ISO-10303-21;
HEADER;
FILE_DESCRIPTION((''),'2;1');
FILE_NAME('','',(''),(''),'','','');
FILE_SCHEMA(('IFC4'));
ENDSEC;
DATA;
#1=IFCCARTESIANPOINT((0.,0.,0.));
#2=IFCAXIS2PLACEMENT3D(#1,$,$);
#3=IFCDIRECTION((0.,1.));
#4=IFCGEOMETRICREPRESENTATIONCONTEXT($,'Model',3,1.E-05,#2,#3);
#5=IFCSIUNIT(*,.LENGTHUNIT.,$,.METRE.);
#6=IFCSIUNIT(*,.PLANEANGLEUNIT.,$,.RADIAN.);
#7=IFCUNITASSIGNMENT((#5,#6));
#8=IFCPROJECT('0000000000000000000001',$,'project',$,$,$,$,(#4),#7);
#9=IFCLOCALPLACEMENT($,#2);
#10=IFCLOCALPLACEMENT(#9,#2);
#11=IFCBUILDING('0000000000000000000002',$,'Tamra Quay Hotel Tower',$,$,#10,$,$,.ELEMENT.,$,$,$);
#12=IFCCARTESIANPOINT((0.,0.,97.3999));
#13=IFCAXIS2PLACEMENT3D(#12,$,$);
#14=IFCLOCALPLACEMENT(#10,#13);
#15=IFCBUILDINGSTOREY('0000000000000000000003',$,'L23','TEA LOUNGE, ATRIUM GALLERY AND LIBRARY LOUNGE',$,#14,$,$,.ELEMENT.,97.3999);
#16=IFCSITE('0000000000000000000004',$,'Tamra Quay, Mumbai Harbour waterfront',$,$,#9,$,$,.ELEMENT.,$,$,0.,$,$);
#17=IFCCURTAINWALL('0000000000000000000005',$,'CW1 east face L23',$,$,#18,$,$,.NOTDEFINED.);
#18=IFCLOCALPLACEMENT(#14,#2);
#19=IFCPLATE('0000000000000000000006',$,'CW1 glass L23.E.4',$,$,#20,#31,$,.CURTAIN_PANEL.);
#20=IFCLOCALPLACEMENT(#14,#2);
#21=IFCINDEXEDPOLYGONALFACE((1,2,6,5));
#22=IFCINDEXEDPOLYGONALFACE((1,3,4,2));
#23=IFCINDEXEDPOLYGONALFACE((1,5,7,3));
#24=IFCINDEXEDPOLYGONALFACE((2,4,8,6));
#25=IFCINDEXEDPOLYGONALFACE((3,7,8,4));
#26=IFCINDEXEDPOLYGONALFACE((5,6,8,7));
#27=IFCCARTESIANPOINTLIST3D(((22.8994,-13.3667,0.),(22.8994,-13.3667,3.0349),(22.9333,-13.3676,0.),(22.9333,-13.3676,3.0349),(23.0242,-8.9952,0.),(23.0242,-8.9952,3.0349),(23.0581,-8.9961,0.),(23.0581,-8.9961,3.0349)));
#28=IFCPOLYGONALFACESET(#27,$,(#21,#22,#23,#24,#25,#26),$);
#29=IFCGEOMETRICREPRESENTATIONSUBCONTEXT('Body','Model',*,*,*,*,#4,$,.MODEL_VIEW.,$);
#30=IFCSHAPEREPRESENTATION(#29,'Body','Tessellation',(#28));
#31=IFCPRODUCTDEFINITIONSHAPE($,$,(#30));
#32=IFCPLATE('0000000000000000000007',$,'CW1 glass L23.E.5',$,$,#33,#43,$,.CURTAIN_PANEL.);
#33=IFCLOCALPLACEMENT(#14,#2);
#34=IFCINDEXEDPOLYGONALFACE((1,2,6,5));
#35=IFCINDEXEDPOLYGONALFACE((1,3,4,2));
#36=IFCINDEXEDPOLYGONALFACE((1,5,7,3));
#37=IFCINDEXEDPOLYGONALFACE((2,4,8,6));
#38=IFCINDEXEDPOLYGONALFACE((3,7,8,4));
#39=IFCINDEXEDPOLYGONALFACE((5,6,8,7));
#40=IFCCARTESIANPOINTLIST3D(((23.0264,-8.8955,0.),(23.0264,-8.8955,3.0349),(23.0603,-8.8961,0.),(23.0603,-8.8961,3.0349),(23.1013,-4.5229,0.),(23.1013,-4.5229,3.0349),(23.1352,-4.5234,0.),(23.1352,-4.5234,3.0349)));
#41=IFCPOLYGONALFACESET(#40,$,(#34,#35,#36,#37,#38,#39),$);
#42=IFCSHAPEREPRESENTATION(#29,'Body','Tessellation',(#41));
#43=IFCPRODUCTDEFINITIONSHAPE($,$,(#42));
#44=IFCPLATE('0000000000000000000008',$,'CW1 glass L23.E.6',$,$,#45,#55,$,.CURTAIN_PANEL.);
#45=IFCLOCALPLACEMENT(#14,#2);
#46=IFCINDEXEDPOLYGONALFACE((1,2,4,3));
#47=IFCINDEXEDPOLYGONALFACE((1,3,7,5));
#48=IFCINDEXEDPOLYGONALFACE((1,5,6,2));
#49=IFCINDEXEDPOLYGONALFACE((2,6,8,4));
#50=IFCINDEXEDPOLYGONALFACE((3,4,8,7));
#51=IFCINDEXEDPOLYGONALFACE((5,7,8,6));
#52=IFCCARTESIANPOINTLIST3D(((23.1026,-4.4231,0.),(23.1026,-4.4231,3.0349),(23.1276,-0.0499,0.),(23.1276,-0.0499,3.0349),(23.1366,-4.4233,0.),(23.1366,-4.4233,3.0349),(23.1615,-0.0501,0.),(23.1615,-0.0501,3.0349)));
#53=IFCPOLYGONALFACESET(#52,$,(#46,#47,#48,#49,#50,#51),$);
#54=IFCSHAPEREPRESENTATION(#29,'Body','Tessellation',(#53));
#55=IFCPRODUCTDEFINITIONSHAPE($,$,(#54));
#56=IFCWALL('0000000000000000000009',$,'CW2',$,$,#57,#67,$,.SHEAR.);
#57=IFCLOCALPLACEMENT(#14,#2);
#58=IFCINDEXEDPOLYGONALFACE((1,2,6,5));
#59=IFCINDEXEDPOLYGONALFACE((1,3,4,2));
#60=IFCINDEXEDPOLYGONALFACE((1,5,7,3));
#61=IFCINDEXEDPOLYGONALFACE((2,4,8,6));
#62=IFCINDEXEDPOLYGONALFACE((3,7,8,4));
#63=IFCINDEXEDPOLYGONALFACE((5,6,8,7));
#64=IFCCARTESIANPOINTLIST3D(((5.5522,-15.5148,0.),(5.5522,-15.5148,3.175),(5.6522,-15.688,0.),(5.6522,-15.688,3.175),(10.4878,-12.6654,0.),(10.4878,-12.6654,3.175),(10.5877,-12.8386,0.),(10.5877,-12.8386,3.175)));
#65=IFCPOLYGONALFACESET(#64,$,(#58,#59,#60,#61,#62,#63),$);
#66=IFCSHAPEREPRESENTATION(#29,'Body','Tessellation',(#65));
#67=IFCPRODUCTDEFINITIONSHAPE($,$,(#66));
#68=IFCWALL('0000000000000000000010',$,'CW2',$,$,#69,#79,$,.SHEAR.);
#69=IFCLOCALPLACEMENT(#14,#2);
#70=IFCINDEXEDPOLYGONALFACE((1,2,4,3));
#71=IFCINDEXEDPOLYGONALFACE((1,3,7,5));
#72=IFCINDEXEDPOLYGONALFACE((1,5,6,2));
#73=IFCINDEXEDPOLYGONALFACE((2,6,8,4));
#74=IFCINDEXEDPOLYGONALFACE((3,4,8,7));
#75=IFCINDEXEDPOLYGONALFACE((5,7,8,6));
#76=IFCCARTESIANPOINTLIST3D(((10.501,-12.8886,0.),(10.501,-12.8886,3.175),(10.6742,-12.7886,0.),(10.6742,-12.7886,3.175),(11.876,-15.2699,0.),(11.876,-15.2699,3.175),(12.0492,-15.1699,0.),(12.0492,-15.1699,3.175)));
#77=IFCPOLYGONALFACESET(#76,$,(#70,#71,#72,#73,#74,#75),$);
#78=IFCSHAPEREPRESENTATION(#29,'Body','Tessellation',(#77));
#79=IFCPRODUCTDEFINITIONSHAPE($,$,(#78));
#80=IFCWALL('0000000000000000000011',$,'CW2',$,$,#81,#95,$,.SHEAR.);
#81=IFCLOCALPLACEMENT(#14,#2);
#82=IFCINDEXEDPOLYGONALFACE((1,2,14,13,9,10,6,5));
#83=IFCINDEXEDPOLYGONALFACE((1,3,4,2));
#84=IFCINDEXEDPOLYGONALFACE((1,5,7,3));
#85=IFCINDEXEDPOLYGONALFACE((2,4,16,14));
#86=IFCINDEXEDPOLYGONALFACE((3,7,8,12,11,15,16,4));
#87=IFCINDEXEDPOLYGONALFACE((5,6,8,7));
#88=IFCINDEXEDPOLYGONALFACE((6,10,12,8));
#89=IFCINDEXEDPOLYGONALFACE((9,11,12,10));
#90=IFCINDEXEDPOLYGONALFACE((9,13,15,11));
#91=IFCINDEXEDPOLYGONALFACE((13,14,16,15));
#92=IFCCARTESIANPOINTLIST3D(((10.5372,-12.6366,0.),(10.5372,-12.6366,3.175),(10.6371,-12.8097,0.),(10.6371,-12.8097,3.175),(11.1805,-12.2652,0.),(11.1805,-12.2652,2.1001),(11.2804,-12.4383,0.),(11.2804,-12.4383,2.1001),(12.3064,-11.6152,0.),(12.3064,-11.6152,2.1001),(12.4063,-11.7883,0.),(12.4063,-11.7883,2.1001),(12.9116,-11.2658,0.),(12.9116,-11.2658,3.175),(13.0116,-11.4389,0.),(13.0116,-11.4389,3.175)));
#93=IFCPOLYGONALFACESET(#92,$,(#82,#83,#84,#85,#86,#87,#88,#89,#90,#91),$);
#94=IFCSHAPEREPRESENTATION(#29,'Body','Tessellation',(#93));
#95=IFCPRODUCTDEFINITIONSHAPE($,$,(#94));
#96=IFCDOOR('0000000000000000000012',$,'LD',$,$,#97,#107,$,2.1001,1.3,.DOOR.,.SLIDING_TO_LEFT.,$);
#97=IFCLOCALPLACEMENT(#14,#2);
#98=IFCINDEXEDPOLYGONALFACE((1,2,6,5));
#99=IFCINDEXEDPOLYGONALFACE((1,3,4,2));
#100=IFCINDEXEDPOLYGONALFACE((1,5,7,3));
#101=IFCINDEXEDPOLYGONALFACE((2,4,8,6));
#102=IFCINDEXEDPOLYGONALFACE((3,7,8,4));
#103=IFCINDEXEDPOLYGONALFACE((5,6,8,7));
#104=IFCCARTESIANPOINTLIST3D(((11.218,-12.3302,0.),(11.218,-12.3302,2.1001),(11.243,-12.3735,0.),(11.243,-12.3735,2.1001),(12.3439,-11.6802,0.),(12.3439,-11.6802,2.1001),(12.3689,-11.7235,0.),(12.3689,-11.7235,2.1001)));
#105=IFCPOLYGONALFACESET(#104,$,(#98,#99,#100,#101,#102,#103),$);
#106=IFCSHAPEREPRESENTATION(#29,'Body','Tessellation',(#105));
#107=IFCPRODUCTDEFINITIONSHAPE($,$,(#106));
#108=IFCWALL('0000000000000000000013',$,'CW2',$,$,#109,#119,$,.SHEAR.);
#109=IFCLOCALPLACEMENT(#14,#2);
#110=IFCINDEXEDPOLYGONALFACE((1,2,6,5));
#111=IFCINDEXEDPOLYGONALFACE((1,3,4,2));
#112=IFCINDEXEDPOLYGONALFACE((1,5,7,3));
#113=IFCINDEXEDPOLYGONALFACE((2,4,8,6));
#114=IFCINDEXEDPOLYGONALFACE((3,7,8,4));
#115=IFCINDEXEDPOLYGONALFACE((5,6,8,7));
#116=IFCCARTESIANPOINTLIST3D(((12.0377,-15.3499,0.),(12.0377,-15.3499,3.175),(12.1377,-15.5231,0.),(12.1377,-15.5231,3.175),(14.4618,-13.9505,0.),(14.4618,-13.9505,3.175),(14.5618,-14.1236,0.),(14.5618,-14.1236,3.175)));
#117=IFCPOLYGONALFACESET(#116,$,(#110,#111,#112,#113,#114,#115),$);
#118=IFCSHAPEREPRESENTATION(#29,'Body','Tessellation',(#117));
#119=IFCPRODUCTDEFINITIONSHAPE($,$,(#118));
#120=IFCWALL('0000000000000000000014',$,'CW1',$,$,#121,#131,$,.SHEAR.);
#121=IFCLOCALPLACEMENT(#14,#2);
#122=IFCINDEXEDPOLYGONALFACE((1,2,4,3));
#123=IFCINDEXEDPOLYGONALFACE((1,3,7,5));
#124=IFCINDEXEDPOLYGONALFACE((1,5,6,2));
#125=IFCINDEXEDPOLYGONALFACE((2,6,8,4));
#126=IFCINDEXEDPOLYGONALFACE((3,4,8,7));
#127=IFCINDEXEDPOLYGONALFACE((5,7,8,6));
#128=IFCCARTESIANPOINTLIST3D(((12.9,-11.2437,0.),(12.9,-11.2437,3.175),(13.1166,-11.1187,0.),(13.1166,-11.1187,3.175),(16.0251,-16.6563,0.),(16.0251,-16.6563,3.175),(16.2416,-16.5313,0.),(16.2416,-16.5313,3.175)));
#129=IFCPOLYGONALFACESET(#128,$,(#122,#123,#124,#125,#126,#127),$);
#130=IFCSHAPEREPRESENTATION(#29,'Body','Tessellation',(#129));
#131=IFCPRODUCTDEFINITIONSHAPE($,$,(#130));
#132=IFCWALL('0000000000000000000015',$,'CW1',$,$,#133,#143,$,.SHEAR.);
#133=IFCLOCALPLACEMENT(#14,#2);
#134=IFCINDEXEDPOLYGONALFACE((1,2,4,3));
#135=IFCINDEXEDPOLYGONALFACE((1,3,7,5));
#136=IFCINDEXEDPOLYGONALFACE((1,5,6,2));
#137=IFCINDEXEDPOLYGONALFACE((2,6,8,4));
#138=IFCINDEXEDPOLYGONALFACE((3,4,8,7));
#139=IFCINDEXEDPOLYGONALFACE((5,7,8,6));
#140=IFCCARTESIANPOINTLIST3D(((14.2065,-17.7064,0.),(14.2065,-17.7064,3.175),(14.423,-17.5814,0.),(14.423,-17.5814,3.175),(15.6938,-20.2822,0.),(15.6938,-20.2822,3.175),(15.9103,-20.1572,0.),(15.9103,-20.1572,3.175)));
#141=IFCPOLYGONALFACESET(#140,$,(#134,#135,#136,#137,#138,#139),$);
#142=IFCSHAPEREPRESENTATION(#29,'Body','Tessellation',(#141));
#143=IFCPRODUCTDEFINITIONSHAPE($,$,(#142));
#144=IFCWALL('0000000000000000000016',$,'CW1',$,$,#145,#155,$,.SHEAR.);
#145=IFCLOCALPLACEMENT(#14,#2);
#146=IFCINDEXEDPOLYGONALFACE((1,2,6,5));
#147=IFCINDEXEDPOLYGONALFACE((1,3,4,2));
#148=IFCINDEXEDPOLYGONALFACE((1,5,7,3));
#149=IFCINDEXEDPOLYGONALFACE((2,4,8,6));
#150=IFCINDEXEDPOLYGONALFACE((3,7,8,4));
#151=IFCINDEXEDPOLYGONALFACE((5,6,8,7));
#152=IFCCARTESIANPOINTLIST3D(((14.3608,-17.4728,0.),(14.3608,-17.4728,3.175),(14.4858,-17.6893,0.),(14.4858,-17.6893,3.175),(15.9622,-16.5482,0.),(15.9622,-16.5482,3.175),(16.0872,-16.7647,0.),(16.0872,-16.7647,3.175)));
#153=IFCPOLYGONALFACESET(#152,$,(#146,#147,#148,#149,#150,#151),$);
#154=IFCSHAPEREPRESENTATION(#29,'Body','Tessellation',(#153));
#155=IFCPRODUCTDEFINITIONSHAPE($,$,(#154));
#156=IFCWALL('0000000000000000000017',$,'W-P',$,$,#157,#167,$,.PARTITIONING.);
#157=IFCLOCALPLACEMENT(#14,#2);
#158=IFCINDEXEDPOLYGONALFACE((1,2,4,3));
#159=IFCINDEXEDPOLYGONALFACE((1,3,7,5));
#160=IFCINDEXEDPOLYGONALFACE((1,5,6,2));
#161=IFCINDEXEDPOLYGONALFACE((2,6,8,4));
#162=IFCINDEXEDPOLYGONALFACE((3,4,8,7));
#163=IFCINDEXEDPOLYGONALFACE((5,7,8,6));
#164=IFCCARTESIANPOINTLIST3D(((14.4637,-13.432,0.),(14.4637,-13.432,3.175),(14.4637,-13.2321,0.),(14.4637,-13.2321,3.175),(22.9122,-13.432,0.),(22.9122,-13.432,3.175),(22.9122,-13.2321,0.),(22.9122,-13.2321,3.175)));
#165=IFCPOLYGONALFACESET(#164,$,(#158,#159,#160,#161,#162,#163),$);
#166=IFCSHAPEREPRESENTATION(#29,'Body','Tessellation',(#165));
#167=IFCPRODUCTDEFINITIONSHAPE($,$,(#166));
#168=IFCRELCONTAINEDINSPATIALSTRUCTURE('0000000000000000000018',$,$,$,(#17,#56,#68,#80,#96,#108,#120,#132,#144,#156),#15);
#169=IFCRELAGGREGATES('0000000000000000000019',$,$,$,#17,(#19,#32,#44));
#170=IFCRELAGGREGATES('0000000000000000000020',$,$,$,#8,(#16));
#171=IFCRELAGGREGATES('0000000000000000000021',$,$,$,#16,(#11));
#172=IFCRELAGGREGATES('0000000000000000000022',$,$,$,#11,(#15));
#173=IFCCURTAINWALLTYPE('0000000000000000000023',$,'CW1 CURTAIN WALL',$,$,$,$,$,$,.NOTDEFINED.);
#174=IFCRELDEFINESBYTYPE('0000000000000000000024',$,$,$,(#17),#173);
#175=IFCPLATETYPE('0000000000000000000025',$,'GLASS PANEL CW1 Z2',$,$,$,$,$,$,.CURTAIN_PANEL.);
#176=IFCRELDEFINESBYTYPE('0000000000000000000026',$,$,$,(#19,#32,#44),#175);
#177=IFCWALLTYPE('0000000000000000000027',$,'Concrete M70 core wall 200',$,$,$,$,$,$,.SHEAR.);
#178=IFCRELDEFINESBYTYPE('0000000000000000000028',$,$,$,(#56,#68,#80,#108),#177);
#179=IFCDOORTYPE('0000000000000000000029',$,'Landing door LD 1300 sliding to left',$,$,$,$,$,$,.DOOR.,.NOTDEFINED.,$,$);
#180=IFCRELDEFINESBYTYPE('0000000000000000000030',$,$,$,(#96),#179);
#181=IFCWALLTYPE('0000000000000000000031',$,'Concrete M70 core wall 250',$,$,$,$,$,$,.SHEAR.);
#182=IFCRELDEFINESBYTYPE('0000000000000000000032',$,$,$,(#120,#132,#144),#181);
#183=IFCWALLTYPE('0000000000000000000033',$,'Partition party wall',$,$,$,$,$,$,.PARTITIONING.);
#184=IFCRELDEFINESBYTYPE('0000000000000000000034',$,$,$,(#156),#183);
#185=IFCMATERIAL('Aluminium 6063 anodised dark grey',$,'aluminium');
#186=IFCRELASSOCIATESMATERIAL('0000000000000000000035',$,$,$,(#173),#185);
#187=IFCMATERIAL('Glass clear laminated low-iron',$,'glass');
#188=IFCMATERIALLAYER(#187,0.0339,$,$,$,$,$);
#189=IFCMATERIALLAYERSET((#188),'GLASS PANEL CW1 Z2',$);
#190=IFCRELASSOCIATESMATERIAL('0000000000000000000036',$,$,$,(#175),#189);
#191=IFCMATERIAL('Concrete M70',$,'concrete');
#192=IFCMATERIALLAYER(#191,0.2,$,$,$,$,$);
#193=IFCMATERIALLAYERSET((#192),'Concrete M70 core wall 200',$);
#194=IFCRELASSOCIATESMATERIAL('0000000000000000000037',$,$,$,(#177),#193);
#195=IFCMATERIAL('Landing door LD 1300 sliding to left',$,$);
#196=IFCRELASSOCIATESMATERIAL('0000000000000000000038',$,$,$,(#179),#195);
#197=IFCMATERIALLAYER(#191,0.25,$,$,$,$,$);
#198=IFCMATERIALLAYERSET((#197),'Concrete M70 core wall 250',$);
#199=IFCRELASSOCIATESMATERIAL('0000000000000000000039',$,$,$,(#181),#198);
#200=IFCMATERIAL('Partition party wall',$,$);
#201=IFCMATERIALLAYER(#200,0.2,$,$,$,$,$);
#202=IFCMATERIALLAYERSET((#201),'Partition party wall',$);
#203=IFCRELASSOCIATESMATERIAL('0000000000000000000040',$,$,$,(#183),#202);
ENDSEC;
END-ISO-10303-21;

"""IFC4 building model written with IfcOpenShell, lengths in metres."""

from ifc_helpers import new_model, si_unit, direction, frame, frame_2d, origin, origin_2d, place, context, subcontext, project, spatial, rectangle, extrude, material, layer, layer_set, type_object, element, fill, aggregate, save


model = new_model("IFC4")

# Units and contexts
model_context = context("Model", 3, precision=1e-05, world=origin(), true_north=direction((0.0, 1.0)))
body_context = subcontext(model_context, "Body", "Model", "MODEL_VIEW")
ifc_project = project(units=[si_unit("LENGTHUNIT", "METRE"), si_unit("PLANEANGLEUNIT", "RADIAN")], contexts=[model_context])

# Site, building, storey
site_placement = place(None, origin())
site = spatial("IfcSite", under=ifc_project, at=site_placement, Name="Tamra Quay, Mumbai Harbour waterfront", CompositionType="ELEMENT", RefElevation=0.0)
building_placement = place(site_placement, origin())
building = spatial("IfcBuilding", under=site, at=building_placement, Name="Tamra Quay Hotel Tower", CompositionType="ELEMENT")
storey_placement = place(building_placement, frame((0.0, 0.0, 97.3999)))
storey = spatial("IfcBuildingStorey", under=building, at=storey_placement, Name="L23", Description="TEA LOUNGE, ATRIUM GALLERY AND LIBRARY LOUNGE", CompositionType="ELEMENT", Elevation=97.3999)

# Shared definitions
ifc_material_1 = material(Name="Concrete M70", Category="concrete")

# Curtain wall
ifc_material_2 = material(Name="Aluminium 6063 anodised dark grey", Category="aluminium")
curtain_wall_type = type_object("IfcCurtainWallType", Name="CW1 CURTAIN WALL", PredefinedType="NOTDEFINED", material=ifc_material_2)
curtain_wall_placement = place(storey_placement, origin())
curtain_wall = element("IfcCurtainWall", 1, at=curtain_wall_placement, inside=storey, type_object=curtain_wall_type, Name="CW1 east face L23", PredefinedType="NOTDEFINED")

# Plates
ifc_material_3 = material(Name="Glass clear laminated low-iron", Category="glass")
ifc_layer_1 = layer(ifc_material_3, 0.0339)
ifc_layer_set_1 = layer_set([ifc_layer_1], Name="GLASS PANEL CW1 Z2")
plate_type = type_object("IfcPlateType", Name="GLASS PANEL CW1 Z2", PredefinedType="CURTAIN_PANEL", material=ifc_layer_set_1)
plate_1_placement = place(storey_placement, frame((22.9788, -11.1814, 0.0), z_axis=(0.0, 0.0, 1.0), x_axis=(0.028546, 0.999592, 0.0)))
plate_1 = element("IfcPlate", 2, at=plate_1_placement, type_object=plate_type, Name="CW1 glass L23.E.4", PredefinedType="CURTAIN_PANEL", context=body_context, shape_type="SweptSolid", body=[
    extrude(rectangle(XDim=4.3733, YDim=0.0339, at=origin_2d()), origin(), (0.0, 0.0, 1.0), 3.0349),
])
plate_2_placement = place(storey_placement, frame((23.0808, -6.7095, 0.0), z_axis=(0.0, 0.0, 1.0), x_axis=(0.017134, 0.999853, 0.0)))
plate_2 = element("IfcPlate", 3, at=plate_2_placement, type_object=plate_type, Name="CW1 glass L23.E.5", PredefinedType="CURTAIN_PANEL", context=body_context, shape_type="SweptSolid", body=[
    extrude(rectangle(XDim=4.3733, YDim=0.0339, at=origin_2d()), origin(), (0.0, 0.0, 1.0), 3.0349),
])
plate_3_placement = place(storey_placement, frame((23.1321, -2.2366, 0.0), z_axis=(0.0, 0.0, 1.0), x_axis=(0.005713, 0.999984, 0.0)))
plate_3 = element("IfcPlate", 4, at=plate_3_placement, type_object=plate_type, Name="CW1 glass L23.E.6", PredefinedType="CURTAIN_PANEL", context=body_context, shape_type="SweptSolid", body=[
    extrude(rectangle(XDim=4.3733, YDim=0.0339, at=origin_2d()), origin(), (0.0, 0.0, 1.0), 3.0349),
])
aggregate(curtain_wall, [plate_1, plate_2, plate_3])

# Walls
ifc_layer_2 = layer(ifc_material_1, 0.2)
ifc_layer_set_2 = layer_set([ifc_layer_2], Name="Concrete M70 core wall 200")
wall_type_1 = type_object("IfcWallType", Name="Concrete M70 core wall 200", PredefinedType="SHEAR", material=ifc_layer_set_2)
wall_1_placement = place(storey_placement, frame((10.5378, -12.752, 0.0), z_axis=(0.0, 0.0, 1.0), x_axis=(-0.866039, -0.499977, 0.0)))
element("IfcWall", 5, at=wall_1_placement, inside=storey, type_object=wall_type_1, Name="CW2", PredefinedType="SHEAR", context=body_context, shape_type="SweptSolid", body=[
    extrude(rectangle(XDim=5.699, YDim=0.2, at=frame_2d((2.8496, 0.0))), origin(), (0.0, 0.0, 1.0), 3.175),
])
wall_2_placement = place(storey_placement, frame((11.9626, -15.22, 0.0), z_axis=(0.0, 0.0, 1.0), x_axis=(-0.500035, 0.866005, 0.0)))
element("IfcWall", 6, at=wall_2_placement, inside=storey, type_object=wall_type_1, Name="CW2", PredefinedType="SHEAR", context=body_context, shape_type="SweptSolid", body=[
    extrude(rectangle(XDim=2.7498, YDim=0.2, at=frame_2d((1.375, 0.0))), origin(), (0.0, 0.0, 1.0), 3.175),
])

# Wall, opening, door
wall_3_placement = place(storey_placement, frame((10.5872, -12.7231, 0.0), z_axis=(0.0, 0.0, 1.0), x_axis=(0.866037, 0.499979, 0.0)))
wall_3 = element("IfcWall", 7, at=wall_3_placement, inside=storey, type_object=wall_type_1, Name="CW2", PredefinedType="SHEAR", context=body_context, shape_type="SweptSolid", body=[
    extrude(rectangle(XDim=2.7417, YDim=0.2, at=frame_2d((1.3708, 0.0))), origin(), (0.0, 0.0, 1.0), 3.175),
])
opening_placement = place(wall_3_placement, frame((0.7429, 0.0, 0.0)))
opening = element("IfcOpeningElement", 8, at=opening_placement, cuts=wall_3, PredefinedType="OPENING", context=body_context, shape_type="SweptSolid", body=[
    extrude(rectangle(XDim=1.3, YDim=2.1001, at=frame_2d((0.6499, 1.05))), frame((0.0, 0.1099, 0.0), z_axis=(0.0, -1.0, 0.0), x_axis=(1.0, 0.0, 0.0)), (0.0, 0.0, 1.0), 0.22),
])
ifc_material_4 = material(Name="Landing door LD 1300 sliding to left")
door_type = type_object("IfcDoorType", Name="Landing door LD 1300 sliding to left", OperationType="NOTDEFINED", PredefinedType="DOOR", material=ifc_material_4)
door_placement = place(opening_placement, origin())
door = element("IfcDoor", 9, at=door_placement, inside=storey, type_object=door_type, Name="LD", OperationType="SLIDING_TO_LEFT", OverallHeight=2.1001, OverallWidth=1.3, PredefinedType="DOOR", context=body_context, shape_type="SweptSolid", body=[
    extrude(rectangle(XDim=1.3, YDim=2.1001, at=frame_2d((0.6499, 1.05))), frame((0.0, 0.0249, 0.0), z_axis=(0.0, -1.0, 0.0), x_axis=(1.0, 0.0, 0.0)), (0.0, 0.0, 1.0), 0.05),
])
fill(opening, door)

# Walls
wall_4_placement = place(storey_placement, frame((14.5117, -14.0371, 0.0), z_axis=(0.0, 0.0, 1.0), x_axis=(-0.866045, -0.499967, 0.0)))
element("IfcWall", 10, at=wall_4_placement, inside=storey, type_object=wall_type_1, Name="CW2", PredefinedType="SHEAR", context=body_context, shape_type="SweptSolid", body=[
    extrude(rectangle(XDim=2.7991, YDim=0.2, at=frame_2d((1.3994, 0.0))), origin(), (0.0, 0.0, 1.0), 3.175),
])
ifc_layer_3 = layer(ifc_material_1, 0.25)
ifc_layer_set_3 = layer_set([ifc_layer_3], Name="Concrete M70 core wall 250")
wall_type_2 = type_object("IfcWallType", Name="Concrete M70 core wall 250", PredefinedType="SHEAR", material=ifc_layer_set_3)
wall_5_placement = place(storey_placement, frame((13.0083, -11.1812, 0.0), z_axis=(0.0, 0.0, 1.0), x_axis=(0.500004, -0.866023, 0.0)))
element("IfcWall", 11, at=wall_5_placement, inside=storey, type_object=wall_type_2, Name="CW1", PredefinedType="SHEAR", context=body_context, shape_type="SweptSolid", body=[
    extrude(rectangle(XDim=6.25, YDim=0.25, at=frame_2d((3.125, 0.0))), origin(), (0.0, 0.0, 1.0), 3.175),
])
wall_6_placement = place(storey_placement, frame((14.3147, -17.6438, 0.0), z_axis=(0.0, 0.0, 1.0), x_axis=(0.500023, -0.866012, 0.0)))
element("IfcWall", 12, at=wall_6_placement, inside=storey, type_object=wall_type_2, Name="CW1", PredefinedType="SHEAR", context=body_context, shape_type="SweptSolid", body=[
    extrude(rectangle(XDim=2.9744, YDim=0.25, at=frame_2d((1.4873, 0.0))), origin(), (0.0, 0.0, 1.0), 3.175),
])
wall_7_placement = place(storey_placement, frame((16.0247, -16.6565, 0.0), z_axis=(0.0, 0.0, 1.0), x_axis=(-0.866016, -0.500016, 0.0)))
element("IfcWall", 13, at=wall_7_placement, inside=storey, type_object=wall_type_2, Name="CW1", PredefinedType="SHEAR", context=body_context, shape_type="SweptSolid", body=[
    extrude(rectangle(XDim=1.8491, YDim=0.25, at=frame_2d((0.9246, 0.0))), origin(), (0.0, 0.0, 1.0), 3.175),
])
ifc_material_5 = material(Name="Partition party wall")
ifc_layer_4 = layer(ifc_material_5, 0.2)
ifc_layer_set_4 = layer_set([ifc_layer_4], Name="Partition party wall")
wall_type_3 = type_object("IfcWallType", Name="Partition party wall", PredefinedType="PARTITIONING", material=ifc_layer_set_4)
wall_8_placement = place(storey_placement, frame((14.4639, -13.332, 0.0), z_axis=(0.0, 0.0, 1.0), x_axis=(1.0, 0.0, 0.0)))
element("IfcWall", 14, at=wall_8_placement, inside=storey, type_object=wall_type_3, Name="W-P", PredefinedType="PARTITIONING", context=body_context, shape_type="SweptSolid", body=[
    extrude(rectangle(XDim=8.4485, YDim=0.2, at=frame_2d((4.2241, 0.0))), origin(), (0.0, 0.0, 1.0), 3.175),
])

save(model, "model.ifc")
